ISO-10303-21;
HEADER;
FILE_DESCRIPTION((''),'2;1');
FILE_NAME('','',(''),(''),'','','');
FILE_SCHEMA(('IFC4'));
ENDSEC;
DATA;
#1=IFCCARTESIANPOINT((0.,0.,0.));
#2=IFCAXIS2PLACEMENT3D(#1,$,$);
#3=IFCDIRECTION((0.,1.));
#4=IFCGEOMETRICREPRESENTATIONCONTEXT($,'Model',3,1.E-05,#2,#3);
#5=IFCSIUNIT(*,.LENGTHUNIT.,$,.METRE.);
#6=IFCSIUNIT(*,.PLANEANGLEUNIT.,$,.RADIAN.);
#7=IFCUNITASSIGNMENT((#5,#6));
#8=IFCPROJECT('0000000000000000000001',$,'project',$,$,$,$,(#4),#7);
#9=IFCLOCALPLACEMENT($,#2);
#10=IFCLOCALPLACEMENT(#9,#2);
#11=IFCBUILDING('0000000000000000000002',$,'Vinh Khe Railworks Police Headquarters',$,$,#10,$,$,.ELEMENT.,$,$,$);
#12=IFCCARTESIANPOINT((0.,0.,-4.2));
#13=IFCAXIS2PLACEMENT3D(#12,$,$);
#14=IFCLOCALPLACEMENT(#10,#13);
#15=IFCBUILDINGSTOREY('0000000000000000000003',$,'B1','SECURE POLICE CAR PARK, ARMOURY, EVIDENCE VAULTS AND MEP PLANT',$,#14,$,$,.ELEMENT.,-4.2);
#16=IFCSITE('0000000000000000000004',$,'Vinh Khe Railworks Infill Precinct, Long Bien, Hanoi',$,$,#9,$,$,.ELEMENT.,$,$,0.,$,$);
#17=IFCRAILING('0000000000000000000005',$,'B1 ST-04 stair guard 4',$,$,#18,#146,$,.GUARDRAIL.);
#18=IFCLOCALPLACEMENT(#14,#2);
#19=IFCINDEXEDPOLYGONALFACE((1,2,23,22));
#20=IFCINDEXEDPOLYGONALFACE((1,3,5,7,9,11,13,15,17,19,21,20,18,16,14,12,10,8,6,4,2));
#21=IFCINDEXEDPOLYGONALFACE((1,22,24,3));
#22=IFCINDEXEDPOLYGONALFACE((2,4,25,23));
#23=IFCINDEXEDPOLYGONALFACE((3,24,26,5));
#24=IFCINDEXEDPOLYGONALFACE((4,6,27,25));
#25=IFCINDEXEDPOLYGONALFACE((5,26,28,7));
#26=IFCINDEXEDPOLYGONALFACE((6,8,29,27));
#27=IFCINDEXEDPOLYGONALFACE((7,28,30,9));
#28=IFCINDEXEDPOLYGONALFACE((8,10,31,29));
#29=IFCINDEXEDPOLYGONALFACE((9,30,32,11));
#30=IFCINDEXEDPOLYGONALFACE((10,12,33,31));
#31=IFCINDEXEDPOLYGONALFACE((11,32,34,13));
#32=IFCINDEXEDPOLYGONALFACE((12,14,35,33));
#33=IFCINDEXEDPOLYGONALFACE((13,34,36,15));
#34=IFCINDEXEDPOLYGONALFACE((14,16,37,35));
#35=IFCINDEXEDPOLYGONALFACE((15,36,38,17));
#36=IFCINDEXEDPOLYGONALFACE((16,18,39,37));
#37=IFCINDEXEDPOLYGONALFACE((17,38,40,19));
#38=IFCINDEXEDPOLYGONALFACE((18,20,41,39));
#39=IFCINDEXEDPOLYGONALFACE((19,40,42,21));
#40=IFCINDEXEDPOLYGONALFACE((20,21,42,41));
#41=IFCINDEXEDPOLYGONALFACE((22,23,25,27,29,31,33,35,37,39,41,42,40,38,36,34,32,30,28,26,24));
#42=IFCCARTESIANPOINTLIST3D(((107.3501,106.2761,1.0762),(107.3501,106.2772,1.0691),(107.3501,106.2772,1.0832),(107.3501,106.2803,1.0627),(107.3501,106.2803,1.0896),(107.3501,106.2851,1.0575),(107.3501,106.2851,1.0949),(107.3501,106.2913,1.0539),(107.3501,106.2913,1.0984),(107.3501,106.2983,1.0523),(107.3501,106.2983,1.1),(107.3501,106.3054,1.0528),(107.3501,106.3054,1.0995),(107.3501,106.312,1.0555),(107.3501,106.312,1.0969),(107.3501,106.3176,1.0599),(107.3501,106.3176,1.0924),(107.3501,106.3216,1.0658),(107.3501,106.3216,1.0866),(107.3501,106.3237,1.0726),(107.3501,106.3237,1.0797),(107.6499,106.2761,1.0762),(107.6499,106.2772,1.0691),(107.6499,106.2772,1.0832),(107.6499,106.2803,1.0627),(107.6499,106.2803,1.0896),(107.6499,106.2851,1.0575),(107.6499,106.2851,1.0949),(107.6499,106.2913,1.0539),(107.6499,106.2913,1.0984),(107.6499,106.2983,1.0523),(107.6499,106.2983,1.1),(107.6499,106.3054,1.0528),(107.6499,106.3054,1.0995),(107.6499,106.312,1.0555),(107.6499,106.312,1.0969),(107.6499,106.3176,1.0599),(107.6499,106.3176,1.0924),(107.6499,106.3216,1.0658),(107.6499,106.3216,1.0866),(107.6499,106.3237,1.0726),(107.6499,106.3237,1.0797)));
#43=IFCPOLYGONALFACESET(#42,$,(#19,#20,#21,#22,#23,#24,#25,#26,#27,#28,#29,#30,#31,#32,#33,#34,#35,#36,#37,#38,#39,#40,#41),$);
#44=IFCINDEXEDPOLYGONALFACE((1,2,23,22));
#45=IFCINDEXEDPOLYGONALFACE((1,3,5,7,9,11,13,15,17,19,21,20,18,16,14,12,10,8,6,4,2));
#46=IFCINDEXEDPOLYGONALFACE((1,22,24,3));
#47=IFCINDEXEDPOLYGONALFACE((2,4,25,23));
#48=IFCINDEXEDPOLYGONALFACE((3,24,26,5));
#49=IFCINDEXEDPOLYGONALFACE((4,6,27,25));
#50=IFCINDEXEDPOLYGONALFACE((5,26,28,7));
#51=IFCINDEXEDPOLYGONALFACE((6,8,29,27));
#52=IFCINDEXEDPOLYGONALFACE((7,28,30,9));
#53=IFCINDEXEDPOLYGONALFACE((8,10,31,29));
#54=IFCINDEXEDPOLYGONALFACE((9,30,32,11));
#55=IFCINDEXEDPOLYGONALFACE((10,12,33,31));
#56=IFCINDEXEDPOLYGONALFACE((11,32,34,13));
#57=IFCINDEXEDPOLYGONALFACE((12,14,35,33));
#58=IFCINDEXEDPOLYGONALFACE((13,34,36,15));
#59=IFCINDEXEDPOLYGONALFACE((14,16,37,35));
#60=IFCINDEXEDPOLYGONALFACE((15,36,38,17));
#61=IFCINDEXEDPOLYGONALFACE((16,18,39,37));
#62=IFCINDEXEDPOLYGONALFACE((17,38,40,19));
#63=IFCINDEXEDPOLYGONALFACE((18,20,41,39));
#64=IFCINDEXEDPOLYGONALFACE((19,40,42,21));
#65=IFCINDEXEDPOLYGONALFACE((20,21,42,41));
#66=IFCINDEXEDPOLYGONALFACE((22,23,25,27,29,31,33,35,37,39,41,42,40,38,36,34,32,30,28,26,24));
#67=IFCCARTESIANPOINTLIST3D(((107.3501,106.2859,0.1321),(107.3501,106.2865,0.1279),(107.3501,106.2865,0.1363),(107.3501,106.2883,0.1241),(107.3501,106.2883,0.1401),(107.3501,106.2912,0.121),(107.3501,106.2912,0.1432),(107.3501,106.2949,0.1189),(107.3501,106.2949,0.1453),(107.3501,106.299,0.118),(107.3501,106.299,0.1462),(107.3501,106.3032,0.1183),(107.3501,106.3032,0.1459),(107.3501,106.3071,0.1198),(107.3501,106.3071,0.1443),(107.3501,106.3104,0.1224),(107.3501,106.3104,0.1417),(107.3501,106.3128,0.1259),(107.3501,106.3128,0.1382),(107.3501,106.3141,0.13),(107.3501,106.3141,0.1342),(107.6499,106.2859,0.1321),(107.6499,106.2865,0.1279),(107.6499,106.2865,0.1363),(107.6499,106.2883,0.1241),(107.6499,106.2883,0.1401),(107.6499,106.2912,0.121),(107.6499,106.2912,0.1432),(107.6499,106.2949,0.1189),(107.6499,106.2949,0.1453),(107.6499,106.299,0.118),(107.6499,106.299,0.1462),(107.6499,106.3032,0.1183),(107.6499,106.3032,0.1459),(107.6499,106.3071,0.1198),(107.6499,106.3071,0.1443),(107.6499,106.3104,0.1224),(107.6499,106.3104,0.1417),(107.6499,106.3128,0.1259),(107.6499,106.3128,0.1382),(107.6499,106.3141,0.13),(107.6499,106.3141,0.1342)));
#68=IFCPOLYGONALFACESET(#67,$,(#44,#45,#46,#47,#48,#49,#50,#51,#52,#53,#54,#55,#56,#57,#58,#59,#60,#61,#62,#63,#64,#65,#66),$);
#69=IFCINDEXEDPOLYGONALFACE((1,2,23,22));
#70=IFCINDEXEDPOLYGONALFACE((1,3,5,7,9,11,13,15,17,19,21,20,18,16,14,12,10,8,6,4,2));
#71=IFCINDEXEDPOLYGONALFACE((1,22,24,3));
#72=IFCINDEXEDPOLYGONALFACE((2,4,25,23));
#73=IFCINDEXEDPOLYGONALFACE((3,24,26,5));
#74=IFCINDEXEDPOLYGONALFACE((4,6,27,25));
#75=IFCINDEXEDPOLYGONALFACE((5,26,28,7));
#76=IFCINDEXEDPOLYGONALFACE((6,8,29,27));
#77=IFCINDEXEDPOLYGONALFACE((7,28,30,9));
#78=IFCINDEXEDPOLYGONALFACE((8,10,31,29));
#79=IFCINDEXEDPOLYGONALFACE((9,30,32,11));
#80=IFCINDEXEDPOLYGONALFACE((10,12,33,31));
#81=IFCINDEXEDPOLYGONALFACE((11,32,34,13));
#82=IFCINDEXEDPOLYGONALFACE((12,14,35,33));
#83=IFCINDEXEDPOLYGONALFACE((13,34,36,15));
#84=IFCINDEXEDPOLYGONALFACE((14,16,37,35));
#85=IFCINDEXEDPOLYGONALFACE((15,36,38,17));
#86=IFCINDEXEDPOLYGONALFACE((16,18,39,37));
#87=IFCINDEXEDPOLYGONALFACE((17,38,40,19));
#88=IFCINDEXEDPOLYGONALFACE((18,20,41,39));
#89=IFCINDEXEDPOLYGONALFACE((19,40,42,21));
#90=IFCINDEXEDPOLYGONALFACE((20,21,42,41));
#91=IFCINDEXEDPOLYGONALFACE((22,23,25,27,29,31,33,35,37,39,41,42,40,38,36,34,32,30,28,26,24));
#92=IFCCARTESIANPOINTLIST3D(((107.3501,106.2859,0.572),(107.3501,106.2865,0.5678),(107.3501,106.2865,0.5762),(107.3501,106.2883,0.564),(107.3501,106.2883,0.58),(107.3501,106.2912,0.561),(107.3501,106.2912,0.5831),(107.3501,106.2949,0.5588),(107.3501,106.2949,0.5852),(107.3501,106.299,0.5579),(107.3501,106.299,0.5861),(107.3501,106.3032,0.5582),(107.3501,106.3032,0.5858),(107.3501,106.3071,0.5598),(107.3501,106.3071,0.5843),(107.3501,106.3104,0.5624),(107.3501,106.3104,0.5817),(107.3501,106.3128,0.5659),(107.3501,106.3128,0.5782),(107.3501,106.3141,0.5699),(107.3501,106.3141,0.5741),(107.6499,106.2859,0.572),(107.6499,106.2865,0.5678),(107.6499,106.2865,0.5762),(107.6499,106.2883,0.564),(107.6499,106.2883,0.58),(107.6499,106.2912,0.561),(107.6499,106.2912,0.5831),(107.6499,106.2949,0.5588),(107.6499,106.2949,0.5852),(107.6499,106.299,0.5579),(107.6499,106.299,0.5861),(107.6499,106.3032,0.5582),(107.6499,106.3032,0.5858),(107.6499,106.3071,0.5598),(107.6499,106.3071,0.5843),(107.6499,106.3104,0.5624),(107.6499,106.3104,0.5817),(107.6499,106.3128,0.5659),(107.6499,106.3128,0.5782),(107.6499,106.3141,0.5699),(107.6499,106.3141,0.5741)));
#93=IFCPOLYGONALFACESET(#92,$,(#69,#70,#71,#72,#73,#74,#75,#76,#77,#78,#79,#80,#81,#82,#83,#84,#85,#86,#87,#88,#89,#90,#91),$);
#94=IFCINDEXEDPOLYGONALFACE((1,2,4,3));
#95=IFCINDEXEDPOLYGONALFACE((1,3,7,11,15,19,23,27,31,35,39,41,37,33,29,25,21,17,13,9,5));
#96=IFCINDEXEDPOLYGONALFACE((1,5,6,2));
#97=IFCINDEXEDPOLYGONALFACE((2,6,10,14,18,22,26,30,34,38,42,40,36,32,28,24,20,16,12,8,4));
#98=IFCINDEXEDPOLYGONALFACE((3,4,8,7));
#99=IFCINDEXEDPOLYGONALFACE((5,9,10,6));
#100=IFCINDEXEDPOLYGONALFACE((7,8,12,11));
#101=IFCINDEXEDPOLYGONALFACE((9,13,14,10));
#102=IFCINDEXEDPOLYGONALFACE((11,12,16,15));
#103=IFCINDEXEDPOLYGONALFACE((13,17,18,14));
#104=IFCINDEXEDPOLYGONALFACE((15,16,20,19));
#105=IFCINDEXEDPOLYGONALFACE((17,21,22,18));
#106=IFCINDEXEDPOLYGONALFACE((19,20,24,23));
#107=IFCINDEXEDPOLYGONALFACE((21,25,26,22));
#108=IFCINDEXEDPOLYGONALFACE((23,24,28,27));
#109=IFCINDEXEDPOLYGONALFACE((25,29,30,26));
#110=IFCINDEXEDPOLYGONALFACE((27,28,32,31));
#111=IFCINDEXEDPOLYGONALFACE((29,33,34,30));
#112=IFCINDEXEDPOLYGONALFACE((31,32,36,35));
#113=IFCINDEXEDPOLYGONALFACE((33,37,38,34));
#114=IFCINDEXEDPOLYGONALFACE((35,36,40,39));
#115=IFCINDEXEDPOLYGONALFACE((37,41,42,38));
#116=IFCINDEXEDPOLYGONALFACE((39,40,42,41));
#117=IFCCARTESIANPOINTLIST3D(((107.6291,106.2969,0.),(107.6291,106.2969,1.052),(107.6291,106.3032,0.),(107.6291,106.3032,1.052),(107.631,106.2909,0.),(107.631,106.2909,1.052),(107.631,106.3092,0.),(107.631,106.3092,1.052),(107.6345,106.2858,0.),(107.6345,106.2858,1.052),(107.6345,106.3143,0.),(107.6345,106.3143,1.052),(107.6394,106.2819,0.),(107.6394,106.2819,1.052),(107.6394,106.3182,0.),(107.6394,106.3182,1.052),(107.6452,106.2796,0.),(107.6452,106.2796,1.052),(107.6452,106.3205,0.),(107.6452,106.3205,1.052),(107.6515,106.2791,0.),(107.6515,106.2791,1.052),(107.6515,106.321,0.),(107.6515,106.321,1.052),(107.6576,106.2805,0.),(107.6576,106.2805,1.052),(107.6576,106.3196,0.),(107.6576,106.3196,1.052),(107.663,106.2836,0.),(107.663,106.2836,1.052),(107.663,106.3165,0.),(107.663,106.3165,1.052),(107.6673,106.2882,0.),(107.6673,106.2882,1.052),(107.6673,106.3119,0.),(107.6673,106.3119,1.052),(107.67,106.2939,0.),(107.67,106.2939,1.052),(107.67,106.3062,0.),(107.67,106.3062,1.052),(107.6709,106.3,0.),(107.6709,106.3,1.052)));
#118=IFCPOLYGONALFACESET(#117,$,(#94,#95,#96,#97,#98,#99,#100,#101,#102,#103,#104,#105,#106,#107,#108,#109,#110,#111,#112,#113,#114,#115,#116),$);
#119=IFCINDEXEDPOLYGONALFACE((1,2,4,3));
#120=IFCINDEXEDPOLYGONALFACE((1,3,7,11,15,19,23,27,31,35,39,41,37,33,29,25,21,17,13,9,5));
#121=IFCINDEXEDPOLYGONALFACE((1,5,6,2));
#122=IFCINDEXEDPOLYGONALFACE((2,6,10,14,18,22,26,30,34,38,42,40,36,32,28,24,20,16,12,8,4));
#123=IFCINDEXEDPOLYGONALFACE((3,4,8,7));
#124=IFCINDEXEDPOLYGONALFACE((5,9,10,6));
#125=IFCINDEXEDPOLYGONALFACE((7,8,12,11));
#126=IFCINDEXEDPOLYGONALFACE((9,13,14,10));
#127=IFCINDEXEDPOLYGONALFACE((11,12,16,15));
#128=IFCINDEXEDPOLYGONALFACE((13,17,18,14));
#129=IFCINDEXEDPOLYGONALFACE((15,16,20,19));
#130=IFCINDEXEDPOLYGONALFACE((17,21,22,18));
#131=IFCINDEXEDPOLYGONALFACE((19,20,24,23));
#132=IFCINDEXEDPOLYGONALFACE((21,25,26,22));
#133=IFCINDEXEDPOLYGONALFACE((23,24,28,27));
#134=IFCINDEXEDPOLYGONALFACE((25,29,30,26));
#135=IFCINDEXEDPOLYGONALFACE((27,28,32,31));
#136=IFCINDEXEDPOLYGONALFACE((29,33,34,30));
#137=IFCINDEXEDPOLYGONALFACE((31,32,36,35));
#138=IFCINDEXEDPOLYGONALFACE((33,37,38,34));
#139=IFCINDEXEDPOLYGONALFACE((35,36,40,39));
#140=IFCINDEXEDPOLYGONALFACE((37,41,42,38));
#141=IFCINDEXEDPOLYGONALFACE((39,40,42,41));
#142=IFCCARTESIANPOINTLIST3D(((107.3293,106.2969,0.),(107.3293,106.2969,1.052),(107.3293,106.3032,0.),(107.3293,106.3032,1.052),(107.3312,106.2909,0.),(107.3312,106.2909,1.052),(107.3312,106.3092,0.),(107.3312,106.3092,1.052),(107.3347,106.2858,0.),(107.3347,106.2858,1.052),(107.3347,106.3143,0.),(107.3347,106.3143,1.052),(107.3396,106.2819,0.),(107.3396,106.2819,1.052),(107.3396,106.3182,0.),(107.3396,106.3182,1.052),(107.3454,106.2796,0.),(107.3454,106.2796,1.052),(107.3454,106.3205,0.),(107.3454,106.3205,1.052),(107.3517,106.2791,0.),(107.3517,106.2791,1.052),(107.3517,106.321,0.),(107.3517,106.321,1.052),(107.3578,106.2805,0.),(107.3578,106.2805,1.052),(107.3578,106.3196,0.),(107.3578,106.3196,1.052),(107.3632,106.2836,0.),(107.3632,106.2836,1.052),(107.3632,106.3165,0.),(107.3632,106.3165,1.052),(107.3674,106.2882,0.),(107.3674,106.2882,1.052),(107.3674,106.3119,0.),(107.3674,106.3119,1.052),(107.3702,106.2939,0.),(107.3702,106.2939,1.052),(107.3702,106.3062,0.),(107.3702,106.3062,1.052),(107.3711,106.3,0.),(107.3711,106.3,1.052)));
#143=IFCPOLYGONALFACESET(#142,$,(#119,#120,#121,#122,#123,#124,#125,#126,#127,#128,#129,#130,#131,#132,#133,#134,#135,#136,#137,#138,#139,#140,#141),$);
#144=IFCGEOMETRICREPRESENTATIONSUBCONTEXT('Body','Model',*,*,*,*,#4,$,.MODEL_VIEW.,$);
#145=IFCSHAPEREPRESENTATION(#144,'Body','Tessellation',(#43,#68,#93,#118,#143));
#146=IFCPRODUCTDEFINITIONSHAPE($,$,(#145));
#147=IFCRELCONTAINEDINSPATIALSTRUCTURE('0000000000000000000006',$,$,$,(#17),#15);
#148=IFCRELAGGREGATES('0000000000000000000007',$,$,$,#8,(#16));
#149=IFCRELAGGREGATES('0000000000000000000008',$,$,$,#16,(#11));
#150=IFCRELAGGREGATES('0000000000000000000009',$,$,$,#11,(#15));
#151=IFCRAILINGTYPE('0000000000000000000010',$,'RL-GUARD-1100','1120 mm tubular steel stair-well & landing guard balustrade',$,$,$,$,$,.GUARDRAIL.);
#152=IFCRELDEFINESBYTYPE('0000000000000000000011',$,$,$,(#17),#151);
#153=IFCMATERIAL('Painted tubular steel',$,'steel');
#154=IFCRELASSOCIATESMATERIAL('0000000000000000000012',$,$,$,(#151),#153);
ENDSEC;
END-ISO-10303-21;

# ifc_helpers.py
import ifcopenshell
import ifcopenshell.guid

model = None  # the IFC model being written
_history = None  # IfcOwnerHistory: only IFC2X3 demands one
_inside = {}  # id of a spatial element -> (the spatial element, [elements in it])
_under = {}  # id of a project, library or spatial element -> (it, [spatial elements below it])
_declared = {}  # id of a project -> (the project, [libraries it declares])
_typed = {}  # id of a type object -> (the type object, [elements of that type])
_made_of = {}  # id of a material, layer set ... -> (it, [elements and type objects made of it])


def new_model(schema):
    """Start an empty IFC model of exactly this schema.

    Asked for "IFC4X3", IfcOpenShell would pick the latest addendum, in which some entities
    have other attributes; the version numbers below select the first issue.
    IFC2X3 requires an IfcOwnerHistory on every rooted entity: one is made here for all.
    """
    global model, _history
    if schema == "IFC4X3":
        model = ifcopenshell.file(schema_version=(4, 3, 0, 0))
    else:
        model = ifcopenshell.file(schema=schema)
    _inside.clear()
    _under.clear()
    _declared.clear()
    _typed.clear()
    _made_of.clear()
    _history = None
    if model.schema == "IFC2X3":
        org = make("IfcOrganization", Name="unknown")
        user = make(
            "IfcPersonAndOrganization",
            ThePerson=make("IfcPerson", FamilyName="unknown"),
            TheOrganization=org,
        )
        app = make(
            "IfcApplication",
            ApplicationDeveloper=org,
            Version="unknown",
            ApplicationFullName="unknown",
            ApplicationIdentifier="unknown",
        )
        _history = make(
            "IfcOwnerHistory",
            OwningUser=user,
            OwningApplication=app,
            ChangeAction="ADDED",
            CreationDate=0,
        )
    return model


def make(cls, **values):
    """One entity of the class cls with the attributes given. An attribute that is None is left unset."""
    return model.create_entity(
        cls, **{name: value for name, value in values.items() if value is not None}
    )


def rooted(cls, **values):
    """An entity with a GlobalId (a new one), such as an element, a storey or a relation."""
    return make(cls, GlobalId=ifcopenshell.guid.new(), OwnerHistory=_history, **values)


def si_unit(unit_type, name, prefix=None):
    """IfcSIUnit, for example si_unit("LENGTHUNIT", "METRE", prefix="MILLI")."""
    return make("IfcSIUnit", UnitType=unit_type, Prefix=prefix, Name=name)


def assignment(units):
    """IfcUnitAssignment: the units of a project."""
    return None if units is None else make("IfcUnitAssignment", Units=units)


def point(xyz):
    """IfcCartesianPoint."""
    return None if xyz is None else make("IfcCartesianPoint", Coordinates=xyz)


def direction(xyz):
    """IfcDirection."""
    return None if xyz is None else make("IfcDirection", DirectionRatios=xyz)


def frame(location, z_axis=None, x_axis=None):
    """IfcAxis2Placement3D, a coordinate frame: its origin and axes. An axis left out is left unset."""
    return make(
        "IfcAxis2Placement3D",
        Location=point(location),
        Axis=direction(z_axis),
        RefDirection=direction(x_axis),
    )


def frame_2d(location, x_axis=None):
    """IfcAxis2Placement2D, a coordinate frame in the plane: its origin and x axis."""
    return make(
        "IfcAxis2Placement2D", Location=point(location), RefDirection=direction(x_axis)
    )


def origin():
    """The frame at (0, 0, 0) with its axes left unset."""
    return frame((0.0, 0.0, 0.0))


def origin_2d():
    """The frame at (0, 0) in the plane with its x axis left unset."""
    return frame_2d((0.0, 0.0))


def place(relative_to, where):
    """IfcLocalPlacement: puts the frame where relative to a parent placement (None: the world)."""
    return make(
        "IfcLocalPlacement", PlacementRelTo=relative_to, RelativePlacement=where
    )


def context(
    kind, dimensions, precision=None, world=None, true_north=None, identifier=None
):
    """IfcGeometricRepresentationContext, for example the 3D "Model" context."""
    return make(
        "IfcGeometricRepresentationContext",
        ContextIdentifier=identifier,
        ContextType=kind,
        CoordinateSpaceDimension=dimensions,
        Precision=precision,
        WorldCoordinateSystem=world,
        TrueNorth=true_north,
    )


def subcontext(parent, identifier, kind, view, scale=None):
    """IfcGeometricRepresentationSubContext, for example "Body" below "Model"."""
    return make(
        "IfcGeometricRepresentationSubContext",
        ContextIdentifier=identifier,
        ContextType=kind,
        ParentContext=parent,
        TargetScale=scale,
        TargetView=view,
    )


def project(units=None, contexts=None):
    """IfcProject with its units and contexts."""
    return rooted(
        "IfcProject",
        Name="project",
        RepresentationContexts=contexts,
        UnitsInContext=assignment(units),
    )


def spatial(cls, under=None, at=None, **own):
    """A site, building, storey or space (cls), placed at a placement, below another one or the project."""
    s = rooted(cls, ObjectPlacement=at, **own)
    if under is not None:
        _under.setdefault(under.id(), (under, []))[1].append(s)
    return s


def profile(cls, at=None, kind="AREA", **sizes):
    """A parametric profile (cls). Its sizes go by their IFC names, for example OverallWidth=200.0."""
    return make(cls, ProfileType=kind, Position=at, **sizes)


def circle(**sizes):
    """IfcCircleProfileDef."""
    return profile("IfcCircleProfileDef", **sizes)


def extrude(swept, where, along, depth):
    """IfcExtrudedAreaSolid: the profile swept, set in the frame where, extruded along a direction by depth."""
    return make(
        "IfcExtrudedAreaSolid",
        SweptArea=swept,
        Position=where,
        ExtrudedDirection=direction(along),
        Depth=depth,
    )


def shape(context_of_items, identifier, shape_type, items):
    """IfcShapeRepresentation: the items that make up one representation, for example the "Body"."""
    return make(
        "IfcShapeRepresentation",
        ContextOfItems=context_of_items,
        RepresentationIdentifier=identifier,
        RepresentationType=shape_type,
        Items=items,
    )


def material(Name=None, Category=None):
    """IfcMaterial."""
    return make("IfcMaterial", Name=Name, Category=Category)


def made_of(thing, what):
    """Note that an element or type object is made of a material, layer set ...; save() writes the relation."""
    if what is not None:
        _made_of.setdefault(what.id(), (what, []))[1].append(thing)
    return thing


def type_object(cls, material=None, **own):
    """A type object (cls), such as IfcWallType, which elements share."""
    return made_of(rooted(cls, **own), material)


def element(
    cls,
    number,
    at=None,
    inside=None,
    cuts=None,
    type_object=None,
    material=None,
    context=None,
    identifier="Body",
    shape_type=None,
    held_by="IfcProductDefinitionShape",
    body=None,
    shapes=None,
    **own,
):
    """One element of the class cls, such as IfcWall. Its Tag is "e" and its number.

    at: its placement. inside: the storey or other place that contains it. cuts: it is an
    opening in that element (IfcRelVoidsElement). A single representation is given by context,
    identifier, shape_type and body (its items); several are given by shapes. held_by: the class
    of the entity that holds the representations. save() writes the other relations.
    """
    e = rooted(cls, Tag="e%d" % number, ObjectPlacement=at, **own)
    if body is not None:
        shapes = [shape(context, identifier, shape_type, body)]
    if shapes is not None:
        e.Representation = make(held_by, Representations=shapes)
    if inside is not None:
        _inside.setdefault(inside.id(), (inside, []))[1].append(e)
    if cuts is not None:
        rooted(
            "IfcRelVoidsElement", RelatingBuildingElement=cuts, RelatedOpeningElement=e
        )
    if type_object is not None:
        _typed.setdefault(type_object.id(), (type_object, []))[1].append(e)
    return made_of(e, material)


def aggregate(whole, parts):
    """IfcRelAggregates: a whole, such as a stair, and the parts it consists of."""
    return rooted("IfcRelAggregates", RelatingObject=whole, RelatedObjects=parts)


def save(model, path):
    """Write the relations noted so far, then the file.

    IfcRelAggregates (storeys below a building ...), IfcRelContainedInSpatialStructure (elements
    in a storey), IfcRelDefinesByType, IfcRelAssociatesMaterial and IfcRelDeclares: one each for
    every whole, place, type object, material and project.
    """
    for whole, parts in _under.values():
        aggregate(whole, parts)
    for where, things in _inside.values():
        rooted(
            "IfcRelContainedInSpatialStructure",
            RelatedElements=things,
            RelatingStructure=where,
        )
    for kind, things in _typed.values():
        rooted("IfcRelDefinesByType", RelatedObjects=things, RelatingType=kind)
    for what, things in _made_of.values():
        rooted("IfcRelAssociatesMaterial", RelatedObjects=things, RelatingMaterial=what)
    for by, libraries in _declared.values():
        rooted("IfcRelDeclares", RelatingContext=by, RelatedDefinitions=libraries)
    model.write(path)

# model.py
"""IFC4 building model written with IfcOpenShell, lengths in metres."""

from ifc_helpers import new_model, si_unit, direction, frame, origin, origin_2d, place, context, subcontext, project, spatial, circle, extrude, material, type_object, element, save


model = new_model("IFC4")

# Units and contexts
model_context = context("Model", 3, precision=1e-05, world=origin(), true_north=direction((0.0, 1.0)))
body_context = subcontext(model_context, "Body", "Model", "MODEL_VIEW")
ifc_project = project(units=[si_unit("LENGTHUNIT", "METRE"), si_unit("PLANEANGLEUNIT", "RADIAN")], contexts=[model_context])

# Site, building, storey
site_placement = place(None, origin())
site = spatial("IfcSite", under=ifc_project, at=site_placement, Name="Vinh Khe Railworks Infill Precinct, Long Bien, Hanoi", CompositionType="ELEMENT", RefElevation=0.0)
building_placement = place(site_placement, origin())
building = spatial("IfcBuilding", under=site, at=building_placement, Name="Vinh Khe Railworks Police Headquarters", CompositionType="ELEMENT")
storey_placement = place(building_placement, frame((0.0, 0.0, -4.2)))
storey = spatial("IfcBuildingStorey", under=building, at=storey_placement, Name="B1", Description="SECURE POLICE CAR PARK, ARMOURY, EVIDENCE VAULTS AND MEP PLANT", CompositionType="ELEMENT", Elevation=-4.2)

# Railing
ifc_material_1 = material(Name="Painted tubular steel", Category="steel")
railing_type_1 = type_object("IfcRailingType", Name="RL-GUARD-1100", Description="1120 mm tubular steel stair-well & landing guard balustrade", PredefinedType="GUARDRAIL", material=ifc_material_1)
railing_1_placement = place(storey_placement, frame((107.6499, 106.3, 0.0)))
element("IfcRailing", 1, at=railing_1_placement, inside=storey, type_object=railing_type_1, Name="B1 ST-04 stair guard 4", PredefinedType="GUARDRAIL", context=body_context, shape_type="SweptSolid", body=[
    extrude(circle(Radius=0.0239, at=origin_2d()), frame((0.0, 0.0, 1.0762), z_axis=(-1.0, 0.0, 0.0), x_axis=(0.0, -1.0, 0.0)), (0.0, 0.0, 1.0), 0.2998),
    extrude(circle(Radius=0.0142, at=origin_2d()), frame((0.0, 0.0, 0.1321), z_axis=(-1.0, 0.0, 0.0), x_axis=(0.0, -1.0, 0.0)), (0.0, 0.0, 1.0), 0.2998),
    extrude(circle(Radius=0.0142, at=origin_2d()), frame((0.0, 0.0, 0.572), z_axis=(-1.0, 0.0, 0.0), x_axis=(0.0, -1.0, 0.0)), (0.0, 0.0, 1.0), 0.2998),
    extrude(circle(Radius=0.021, at=origin_2d()), origin(), (0.0, 0.0, 1.0), 1.052),
    extrude(circle(Radius=0.021, at=origin_2d()), frame((-0.2998, 0.0, 0.0)), (0.0, 0.0, 1.0), 1.052),
])

save(model, "model.ifc")
